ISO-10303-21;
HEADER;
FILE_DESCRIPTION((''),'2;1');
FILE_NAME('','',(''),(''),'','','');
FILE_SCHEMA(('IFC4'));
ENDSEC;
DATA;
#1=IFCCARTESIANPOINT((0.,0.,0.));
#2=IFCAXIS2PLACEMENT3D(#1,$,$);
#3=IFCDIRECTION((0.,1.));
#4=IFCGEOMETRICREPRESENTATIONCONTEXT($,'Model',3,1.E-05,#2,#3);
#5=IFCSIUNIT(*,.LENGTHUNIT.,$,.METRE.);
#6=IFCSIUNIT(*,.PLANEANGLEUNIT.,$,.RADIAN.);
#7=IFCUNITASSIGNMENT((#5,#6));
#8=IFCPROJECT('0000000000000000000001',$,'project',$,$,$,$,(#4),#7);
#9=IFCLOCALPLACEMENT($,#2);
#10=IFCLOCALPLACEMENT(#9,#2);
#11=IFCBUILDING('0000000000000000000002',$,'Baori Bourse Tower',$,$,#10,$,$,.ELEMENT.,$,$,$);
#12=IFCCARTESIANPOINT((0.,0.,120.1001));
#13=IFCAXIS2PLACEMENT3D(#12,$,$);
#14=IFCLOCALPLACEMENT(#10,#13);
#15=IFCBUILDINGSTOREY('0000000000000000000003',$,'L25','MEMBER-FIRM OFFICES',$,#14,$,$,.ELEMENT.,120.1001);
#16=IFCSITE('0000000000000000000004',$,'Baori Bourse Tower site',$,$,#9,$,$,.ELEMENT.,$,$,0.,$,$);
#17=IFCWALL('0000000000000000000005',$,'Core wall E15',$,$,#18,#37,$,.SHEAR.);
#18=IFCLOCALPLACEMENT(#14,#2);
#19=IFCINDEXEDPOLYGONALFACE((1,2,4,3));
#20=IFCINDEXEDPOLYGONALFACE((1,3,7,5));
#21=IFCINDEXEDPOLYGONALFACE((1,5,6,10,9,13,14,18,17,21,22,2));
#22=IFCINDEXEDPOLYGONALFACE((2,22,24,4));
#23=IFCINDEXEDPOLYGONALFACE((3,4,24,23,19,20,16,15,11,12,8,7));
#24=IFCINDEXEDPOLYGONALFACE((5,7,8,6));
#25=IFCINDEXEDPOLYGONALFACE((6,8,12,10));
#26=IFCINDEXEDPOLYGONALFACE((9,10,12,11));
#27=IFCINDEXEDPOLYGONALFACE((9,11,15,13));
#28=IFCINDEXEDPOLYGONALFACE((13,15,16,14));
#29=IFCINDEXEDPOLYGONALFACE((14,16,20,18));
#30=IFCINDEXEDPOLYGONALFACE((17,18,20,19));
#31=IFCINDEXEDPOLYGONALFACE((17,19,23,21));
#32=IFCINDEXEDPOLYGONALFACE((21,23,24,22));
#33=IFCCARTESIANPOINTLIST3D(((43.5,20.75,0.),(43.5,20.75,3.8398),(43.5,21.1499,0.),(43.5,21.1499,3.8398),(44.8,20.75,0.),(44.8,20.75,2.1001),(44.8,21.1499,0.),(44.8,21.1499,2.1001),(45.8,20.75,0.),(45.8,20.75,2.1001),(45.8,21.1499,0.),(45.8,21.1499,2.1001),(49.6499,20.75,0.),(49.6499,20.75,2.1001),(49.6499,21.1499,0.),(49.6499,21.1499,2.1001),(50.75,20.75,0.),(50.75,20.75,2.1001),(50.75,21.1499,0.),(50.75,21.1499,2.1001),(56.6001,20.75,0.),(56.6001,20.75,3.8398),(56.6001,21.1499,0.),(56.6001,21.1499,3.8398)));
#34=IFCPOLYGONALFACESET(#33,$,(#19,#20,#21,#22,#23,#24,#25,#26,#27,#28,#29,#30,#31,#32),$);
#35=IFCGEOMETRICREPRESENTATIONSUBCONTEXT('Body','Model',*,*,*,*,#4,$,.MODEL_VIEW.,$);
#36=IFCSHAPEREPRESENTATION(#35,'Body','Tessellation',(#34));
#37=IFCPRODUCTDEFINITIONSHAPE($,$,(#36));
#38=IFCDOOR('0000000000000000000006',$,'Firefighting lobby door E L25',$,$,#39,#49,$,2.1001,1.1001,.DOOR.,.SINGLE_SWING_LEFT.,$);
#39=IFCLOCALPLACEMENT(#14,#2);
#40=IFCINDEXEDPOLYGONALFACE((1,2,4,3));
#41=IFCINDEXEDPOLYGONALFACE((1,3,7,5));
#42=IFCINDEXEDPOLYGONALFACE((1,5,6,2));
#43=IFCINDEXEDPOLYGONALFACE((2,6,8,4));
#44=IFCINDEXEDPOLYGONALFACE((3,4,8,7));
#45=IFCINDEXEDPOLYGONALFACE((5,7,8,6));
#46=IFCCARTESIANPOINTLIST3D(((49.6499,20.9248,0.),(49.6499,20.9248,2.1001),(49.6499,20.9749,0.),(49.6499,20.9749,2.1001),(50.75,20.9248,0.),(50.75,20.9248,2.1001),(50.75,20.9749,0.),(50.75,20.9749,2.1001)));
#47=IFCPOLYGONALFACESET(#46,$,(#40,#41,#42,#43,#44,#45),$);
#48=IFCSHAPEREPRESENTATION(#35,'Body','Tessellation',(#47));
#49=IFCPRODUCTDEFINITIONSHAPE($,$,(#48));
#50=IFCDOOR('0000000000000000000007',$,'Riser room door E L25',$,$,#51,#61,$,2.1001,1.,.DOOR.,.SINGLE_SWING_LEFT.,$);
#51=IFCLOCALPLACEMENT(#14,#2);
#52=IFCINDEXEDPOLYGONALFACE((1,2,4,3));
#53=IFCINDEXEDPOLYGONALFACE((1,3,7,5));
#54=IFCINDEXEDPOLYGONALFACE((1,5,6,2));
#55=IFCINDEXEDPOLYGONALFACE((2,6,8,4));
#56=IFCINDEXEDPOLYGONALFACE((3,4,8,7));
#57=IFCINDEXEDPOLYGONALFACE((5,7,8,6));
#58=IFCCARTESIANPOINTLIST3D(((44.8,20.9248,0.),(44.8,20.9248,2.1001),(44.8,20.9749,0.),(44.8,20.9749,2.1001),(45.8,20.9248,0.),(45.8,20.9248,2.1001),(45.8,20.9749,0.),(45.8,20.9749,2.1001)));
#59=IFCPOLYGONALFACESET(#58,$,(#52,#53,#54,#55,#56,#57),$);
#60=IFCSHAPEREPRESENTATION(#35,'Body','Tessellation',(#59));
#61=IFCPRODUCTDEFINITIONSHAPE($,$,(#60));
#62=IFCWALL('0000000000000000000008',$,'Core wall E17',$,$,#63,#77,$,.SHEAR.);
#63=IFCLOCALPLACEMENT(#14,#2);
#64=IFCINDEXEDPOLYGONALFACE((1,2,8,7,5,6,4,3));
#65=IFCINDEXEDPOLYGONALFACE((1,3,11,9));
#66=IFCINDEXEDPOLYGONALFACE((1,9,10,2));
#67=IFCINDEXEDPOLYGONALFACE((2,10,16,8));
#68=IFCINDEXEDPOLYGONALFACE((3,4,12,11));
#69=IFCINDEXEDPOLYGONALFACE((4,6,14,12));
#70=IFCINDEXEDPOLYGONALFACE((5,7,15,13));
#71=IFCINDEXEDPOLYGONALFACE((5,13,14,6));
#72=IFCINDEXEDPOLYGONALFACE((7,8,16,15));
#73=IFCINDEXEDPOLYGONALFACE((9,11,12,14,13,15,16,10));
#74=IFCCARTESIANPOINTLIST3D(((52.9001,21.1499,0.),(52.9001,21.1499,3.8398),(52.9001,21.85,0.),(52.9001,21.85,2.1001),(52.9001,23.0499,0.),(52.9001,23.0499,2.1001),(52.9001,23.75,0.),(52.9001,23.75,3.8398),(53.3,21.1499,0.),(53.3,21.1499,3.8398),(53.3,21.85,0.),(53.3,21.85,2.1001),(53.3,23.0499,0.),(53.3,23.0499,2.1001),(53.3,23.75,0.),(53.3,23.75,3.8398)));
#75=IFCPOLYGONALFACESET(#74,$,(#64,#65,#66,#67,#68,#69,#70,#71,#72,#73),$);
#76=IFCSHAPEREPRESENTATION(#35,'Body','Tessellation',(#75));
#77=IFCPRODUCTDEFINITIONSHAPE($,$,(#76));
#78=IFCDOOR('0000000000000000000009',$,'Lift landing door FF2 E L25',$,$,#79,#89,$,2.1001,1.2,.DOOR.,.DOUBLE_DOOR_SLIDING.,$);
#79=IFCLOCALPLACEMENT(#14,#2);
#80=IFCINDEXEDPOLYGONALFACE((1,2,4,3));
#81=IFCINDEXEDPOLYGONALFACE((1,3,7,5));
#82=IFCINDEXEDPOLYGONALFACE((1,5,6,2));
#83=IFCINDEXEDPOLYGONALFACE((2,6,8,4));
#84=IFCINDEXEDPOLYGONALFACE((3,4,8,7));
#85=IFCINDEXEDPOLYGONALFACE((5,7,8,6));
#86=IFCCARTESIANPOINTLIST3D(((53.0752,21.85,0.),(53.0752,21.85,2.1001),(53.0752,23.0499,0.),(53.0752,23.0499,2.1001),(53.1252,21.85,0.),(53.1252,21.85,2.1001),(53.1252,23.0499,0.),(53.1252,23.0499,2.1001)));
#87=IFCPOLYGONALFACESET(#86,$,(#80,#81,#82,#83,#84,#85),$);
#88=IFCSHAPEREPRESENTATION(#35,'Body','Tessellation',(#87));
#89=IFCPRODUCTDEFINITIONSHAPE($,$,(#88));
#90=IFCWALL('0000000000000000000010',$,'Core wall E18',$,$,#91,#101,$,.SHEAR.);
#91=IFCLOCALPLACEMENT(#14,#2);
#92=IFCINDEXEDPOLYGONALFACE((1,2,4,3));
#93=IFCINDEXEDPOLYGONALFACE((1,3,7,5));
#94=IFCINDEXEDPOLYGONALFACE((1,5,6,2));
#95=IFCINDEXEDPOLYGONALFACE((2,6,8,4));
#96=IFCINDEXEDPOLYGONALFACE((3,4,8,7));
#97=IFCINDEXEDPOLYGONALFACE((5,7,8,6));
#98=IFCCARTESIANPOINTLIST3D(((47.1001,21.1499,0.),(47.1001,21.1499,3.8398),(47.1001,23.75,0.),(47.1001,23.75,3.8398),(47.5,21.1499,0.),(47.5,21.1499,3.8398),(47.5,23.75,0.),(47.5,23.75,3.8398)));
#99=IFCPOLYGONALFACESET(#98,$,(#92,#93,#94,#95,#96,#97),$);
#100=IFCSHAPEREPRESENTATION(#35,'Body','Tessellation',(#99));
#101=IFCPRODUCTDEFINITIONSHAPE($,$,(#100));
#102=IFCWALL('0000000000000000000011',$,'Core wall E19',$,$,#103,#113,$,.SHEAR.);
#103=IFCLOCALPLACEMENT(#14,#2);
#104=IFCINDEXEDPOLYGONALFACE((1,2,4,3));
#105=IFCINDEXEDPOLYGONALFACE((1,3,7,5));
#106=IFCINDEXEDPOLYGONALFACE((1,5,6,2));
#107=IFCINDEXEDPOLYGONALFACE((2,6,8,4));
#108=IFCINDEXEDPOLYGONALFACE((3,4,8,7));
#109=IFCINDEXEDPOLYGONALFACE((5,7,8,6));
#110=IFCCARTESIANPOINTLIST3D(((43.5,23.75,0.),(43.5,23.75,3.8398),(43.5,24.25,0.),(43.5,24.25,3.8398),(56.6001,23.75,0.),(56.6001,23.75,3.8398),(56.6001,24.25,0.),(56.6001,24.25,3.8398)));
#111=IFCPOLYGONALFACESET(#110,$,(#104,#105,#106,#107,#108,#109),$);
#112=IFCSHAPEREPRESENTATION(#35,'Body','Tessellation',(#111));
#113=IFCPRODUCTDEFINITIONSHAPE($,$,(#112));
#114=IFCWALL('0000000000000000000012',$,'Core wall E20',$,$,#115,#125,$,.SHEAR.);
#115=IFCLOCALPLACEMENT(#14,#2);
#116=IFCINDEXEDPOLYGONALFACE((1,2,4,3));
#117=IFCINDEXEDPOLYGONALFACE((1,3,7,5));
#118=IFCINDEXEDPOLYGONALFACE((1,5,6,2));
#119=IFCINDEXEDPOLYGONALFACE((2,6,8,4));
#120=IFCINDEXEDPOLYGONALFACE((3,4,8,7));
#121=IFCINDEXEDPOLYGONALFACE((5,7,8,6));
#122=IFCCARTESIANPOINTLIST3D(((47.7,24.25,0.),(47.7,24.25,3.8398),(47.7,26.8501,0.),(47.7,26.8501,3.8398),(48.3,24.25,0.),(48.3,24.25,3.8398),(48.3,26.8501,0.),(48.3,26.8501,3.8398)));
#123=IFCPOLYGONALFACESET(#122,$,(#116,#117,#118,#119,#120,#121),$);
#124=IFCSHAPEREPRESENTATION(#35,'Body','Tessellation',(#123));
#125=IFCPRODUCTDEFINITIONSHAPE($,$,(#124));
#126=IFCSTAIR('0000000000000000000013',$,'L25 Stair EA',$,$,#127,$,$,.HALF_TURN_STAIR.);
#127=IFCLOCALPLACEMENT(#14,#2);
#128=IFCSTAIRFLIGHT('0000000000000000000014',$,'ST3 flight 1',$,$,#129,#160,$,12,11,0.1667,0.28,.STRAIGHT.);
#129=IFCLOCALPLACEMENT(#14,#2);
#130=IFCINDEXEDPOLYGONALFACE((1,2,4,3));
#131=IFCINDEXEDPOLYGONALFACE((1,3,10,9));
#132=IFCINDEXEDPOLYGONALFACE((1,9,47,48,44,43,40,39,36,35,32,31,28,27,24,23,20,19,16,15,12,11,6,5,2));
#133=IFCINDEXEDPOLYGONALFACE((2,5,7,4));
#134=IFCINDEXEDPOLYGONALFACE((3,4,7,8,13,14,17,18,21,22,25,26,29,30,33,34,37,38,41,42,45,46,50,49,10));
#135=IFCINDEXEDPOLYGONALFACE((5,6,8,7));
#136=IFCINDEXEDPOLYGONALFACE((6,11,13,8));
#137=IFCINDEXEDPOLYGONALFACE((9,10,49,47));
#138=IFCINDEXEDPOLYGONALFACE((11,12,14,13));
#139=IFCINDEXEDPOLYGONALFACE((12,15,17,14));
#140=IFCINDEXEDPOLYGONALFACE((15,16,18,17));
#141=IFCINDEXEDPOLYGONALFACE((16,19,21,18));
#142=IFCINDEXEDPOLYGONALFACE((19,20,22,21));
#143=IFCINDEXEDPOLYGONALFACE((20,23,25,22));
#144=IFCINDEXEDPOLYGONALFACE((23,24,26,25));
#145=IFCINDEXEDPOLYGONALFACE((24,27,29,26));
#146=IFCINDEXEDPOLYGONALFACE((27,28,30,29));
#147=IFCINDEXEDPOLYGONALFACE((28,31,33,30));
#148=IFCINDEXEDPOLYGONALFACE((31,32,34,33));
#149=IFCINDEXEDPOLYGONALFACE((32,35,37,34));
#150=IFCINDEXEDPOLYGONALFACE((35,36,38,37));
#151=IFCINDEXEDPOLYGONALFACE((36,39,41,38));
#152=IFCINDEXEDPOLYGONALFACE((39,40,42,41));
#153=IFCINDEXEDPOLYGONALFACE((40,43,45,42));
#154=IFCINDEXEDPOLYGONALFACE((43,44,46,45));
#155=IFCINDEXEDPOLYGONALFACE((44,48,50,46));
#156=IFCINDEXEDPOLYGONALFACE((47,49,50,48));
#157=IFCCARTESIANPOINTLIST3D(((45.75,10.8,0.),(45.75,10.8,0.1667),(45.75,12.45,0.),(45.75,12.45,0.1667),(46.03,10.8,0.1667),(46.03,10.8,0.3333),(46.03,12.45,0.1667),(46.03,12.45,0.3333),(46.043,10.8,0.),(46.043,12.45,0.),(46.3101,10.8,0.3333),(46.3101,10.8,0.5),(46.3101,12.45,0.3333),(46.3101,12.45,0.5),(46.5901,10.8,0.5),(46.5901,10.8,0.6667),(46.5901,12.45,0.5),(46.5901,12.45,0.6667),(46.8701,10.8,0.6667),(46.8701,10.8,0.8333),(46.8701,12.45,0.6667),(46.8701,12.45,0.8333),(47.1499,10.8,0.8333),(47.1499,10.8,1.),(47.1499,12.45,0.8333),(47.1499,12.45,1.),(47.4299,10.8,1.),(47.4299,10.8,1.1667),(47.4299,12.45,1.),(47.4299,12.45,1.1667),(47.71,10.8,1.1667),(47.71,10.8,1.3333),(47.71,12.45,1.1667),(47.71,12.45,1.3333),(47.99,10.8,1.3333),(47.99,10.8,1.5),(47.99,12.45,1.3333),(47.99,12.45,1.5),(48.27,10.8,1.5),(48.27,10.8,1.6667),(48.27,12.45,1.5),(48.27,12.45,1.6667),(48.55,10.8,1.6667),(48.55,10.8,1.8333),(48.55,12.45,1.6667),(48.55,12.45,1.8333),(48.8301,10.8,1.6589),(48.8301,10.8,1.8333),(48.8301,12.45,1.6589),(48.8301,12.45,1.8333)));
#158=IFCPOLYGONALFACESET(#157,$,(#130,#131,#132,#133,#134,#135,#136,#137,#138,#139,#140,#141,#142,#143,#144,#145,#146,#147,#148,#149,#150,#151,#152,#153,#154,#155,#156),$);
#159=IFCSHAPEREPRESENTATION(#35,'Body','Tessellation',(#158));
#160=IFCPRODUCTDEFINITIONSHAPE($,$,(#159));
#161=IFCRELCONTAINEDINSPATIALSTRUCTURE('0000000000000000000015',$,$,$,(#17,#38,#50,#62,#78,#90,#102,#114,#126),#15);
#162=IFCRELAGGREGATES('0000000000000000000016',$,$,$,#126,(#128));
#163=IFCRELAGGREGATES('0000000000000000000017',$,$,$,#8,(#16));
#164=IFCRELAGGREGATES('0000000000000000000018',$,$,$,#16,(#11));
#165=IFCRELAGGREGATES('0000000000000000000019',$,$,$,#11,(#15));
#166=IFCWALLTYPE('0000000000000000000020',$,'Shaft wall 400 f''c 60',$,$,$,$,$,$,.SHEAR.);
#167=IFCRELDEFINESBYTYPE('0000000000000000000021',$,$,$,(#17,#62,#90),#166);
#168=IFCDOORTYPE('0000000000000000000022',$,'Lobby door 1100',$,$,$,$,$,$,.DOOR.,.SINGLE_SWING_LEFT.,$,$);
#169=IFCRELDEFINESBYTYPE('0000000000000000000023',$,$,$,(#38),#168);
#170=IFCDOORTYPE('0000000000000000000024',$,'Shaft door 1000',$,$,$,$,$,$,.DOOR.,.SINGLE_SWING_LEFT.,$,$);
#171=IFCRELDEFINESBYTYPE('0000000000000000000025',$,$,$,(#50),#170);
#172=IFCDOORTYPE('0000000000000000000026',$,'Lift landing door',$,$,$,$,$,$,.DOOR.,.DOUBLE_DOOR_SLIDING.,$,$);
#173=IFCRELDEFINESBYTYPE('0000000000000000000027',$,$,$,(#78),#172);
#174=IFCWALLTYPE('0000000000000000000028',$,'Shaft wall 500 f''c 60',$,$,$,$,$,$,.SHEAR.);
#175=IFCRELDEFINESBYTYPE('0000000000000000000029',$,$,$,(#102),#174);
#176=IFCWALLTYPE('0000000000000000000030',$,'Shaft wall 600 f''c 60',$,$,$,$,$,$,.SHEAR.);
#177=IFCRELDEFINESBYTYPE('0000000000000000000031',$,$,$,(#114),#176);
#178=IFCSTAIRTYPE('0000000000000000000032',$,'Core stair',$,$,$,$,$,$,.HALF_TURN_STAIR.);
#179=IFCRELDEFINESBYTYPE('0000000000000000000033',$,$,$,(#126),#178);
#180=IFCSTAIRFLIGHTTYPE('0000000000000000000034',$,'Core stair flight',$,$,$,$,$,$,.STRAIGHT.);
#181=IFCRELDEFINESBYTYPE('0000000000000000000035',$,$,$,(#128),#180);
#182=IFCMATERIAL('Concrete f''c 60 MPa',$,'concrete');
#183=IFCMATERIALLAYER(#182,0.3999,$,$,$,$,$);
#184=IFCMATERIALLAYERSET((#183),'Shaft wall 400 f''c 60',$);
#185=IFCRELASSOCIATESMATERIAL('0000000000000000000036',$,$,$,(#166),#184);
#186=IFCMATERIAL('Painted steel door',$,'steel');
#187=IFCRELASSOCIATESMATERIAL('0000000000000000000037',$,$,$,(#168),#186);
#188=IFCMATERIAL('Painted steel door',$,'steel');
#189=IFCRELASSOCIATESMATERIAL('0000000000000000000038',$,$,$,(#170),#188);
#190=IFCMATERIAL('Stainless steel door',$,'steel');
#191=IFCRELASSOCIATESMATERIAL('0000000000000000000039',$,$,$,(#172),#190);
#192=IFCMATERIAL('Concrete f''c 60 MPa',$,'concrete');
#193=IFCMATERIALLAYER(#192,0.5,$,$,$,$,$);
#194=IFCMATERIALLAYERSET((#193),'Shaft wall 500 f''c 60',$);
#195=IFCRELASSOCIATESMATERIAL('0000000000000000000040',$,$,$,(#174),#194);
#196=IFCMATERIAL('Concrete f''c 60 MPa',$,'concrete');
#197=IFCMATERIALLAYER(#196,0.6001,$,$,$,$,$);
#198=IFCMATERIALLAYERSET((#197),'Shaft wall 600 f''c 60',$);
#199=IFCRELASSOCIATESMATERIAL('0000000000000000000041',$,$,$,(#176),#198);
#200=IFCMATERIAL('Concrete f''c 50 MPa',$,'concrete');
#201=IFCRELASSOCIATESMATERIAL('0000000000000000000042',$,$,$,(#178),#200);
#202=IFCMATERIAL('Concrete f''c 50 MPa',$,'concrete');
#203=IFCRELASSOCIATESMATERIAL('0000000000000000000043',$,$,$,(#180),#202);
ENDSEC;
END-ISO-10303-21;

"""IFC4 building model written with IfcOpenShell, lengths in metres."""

from ifc_helpers import new_model, si_unit, direction, frame, frame_2d, origin, place, context, subcontext, project, spatial, polyline, rectangle, outline, extrude, material, layer, layer_set, type_object, element, fill, aggregate, save


model = new_model("IFC4")

# Units and contexts
model_context = context("Model", 3, precision=1e-05, world=origin(), true_north=direction((0.0, 1.0)))
body_context = subcontext(model_context, "Body", "Model", "MODEL_VIEW")
ifc_project = project(units=[si_unit("LENGTHUNIT", "METRE"), si_unit("PLANEANGLEUNIT", "RADIAN")], contexts=[model_context])

# Site, building, storey
site_placement = place(None, origin())
site = spatial("IfcSite", under=ifc_project, at=site_placement, Name="Baori Bourse Tower site", CompositionType="ELEMENT", RefElevation=0.0)
building_placement = place(site_placement, origin())
building = spatial("IfcBuilding", under=site, at=building_placement, Name="Baori Bourse Tower", CompositionType="ELEMENT")
storey_placement = place(building_placement, frame((0.0, 0.0, 120.1001)))
storey = spatial("IfcBuildingStorey", under=building, at=storey_placement, Name="L25", Description="MEMBER-FIRM OFFICES", CompositionType="ELEMENT", Elevation=120.1001)

# Wall, openings, doors
ifc_material_1 = material(Name="Concrete f'c 60 MPa", Category="concrete")
ifc_layer_1 = layer(ifc_material_1, 0.3999)
ifc_layer_set_1 = layer_set([ifc_layer_1], Name="Shaft wall 400 f'c 60")
wall_type_1 = type_object("IfcWallType", Name="Shaft wall 400 f'c 60", PredefinedType="SHEAR", material=ifc_layer_set_1)
wall_1_placement = place(storey_placement, frame((43.5, 20.95, 0.0), z_axis=(0.0, 0.0, 1.0), x_axis=(1.0, 0.0, 0.0)))
wall_1 = element("IfcWall", 1, at=wall_1_placement, inside=storey, type_object=wall_type_1, Name="Core wall E15", PredefinedType="SHEAR", context=body_context, shape_type="SweptSolid", body=[
    extrude(rectangle(XDim=13.1001, YDim=0.3999, at=frame_2d((6.55, 0.0))), origin(), (0.0, 0.0, 1.0), 3.8398),
])
opening_1_placement = place(wall_1_placement, frame((6.1499, 0.0, 0.0)))
opening_1 = element("IfcOpeningElement", 2, at=opening_1_placement, cuts=wall_1, PredefinedType="OPENING", context=body_context, shape_type="SweptSolid", body=[
    extrude(rectangle(XDim=1.1001, YDim=2.1001, at=frame_2d((0.55, 1.05))), frame((0.0, 0.21, 0.0), z_axis=(0.0, -1.0, 0.0), x_axis=(1.0, 0.0, 0.0)), (0.0, 0.0, 1.0), 0.4199),
])
opening_2_placement = place(wall_1_placement, frame((1.3, 0.0, 0.0)))
opening_2 = element("IfcOpeningElement", 3, at=opening_2_placement, cuts=wall_1, PredefinedType="OPENING", context=body_context, shape_type="SweptSolid", body=[
    extrude(rectangle(XDim=1.0, YDim=2.1001, at=frame_2d((0.5, 1.05))), frame((0.0, 0.21, 0.0), z_axis=(0.0, -1.0, 0.0), x_axis=(1.0, 0.0, 0.0)), (0.0, 0.0, 1.0), 0.4199),
])
ifc_material_2 = material(Name="Painted steel door", Category="steel")
door_type_1 = type_object("IfcDoorType", Name="Lobby door 1100", OperationType="SINGLE_SWING_LEFT", PredefinedType="DOOR", material=ifc_material_2)
door_1_placement = place(opening_1_placement, origin())
door_1 = element("IfcDoor", 4, at=door_1_placement, inside=storey, type_object=door_type_1, Name="Firefighting lobby door E L25", OperationType="SINGLE_SWING_LEFT", OverallHeight=2.1001, OverallWidth=1.1001, PredefinedType="DOOR", context=body_context, shape_type="SweptSolid", body=[
    extrude(rectangle(XDim=1.1001, YDim=2.1001, at=frame_2d((0.55, 1.05))), frame((0.0, 0.0249, 0.0), z_axis=(0.0, -1.0, 0.0), x_axis=(1.0, 0.0, 0.0)), (0.0, 0.0, 1.0), 0.05),
])
fill(opening_1, door_1)
ifc_material_3 = material(Name="Painted steel door", Category="steel")
door_type_2 = type_object("IfcDoorType", Name="Shaft door 1000", OperationType="SINGLE_SWING_LEFT", PredefinedType="DOOR", material=ifc_material_3)
door_2_placement = place(opening_2_placement, origin())
door_2 = element("IfcDoor", 5, at=door_2_placement, inside=storey, type_object=door_type_2, Name="Riser room door E L25", OperationType="SINGLE_SWING_LEFT", OverallHeight=2.1001, OverallWidth=1.0, PredefinedType="DOOR", context=body_context, shape_type="SweptSolid", body=[
    extrude(rectangle(XDim=1.0, YDim=2.1001, at=frame_2d((0.5, 1.05))), frame((0.0, 0.0249, 0.0), z_axis=(0.0, -1.0, 0.0), x_axis=(1.0, 0.0, 0.0)), (0.0, 0.0, 1.0), 0.05),
])
fill(opening_2, door_2)

# Wall, opening, door
wall_2_placement = place(storey_placement, frame((53.1001, 21.1499, 0.0), z_axis=(0.0, 0.0, 1.0), x_axis=(0.0, 1.0, 0.0)))
wall_2 = element("IfcWall", 6, at=wall_2_placement, inside=storey, type_object=wall_type_1, Name="Core wall E17", PredefinedType="SHEAR", context=body_context, shape_type="SweptSolid", body=[
    extrude(rectangle(XDim=2.6001, YDim=0.3999, at=frame_2d((1.3, 0.0))), origin(), (0.0, 0.0, 1.0), 3.8398),
])
opening_3_placement = place(wall_2_placement, frame((0.7, 0.0, 0.0)))
opening_3 = element("IfcOpeningElement", 7, at=opening_3_placement, cuts=wall_2, PredefinedType="OPENING", context=body_context, shape_type="SweptSolid", body=[
    extrude(rectangle(XDim=1.2, YDim=2.1001, at=frame_2d((0.6001, 1.05))), frame((0.0, 0.21, 0.0), z_axis=(0.0, -1.0, 0.0), x_axis=(1.0, 0.0, 0.0)), (0.0, 0.0, 1.0), 0.4199),
])
ifc_material_4 = material(Name="Stainless steel door", Category="steel")
door_type_3 = type_object("IfcDoorType", Name="Lift landing door", OperationType="DOUBLE_DOOR_SLIDING", PredefinedType="DOOR", material=ifc_material_4)
door_3_placement = place(opening_3_placement, origin())
door_3 = element("IfcDoor", 8, at=door_3_placement, inside=storey, type_object=door_type_3, Name="Lift landing door FF2 E L25", OperationType="DOUBLE_DOOR_SLIDING", OverallHeight=2.1001, OverallWidth=1.2, PredefinedType="DOOR", context=body_context, shape_type="SweptSolid", body=[
    extrude(rectangle(XDim=1.2, YDim=2.1001, at=frame_2d((0.6001, 1.05))), frame((0.0, 0.0249, 0.0), z_axis=(0.0, -1.0, 0.0), x_axis=(1.0, 0.0, 0.0)), (0.0, 0.0, 1.0), 0.05),
])
fill(opening_3, door_3)

# Walls
wall_3_placement = place(storey_placement, frame((47.3, 21.1499, 0.0), z_axis=(0.0, 0.0, 1.0), x_axis=(0.0, 1.0, 0.0)))
element("IfcWall", 9, at=wall_3_placement, inside=storey, type_object=wall_type_1, Name="Core wall E18", PredefinedType="SHEAR", context=body_context, shape_type="SweptSolid", body=[
    extrude(rectangle(XDim=2.6001, YDim=0.3999, at=frame_2d((1.3, 0.0))), origin(), (0.0, 0.0, 1.0), 3.8398),
])
ifc_material_5 = material(Name="Concrete f'c 60 MPa", Category="concrete")
ifc_layer_2 = layer(ifc_material_5, 0.5)
ifc_layer_set_2 = layer_set([ifc_layer_2], Name="Shaft wall 500 f'c 60")
wall_type_2 = type_object("IfcWallType", Name="Shaft wall 500 f'c 60", PredefinedType="SHEAR", material=ifc_layer_set_2)
wall_4_placement = place(storey_placement, frame((43.5, 24.0, 0.0), z_axis=(0.0, 0.0, 1.0), x_axis=(1.0, 0.0, 0.0)))
element("IfcWall", 10, at=wall_4_placement, inside=storey, type_object=wall_type_2, Name="Core wall E19", PredefinedType="SHEAR", context=body_context, shape_type="SweptSolid", body=[
    extrude(rectangle(XDim=13.1001, YDim=0.5, at=frame_2d((6.55, 0.0))), origin(), (0.0, 0.0, 1.0), 3.8398),
])
ifc_material_6 = material(Name="Concrete f'c 60 MPa", Category="concrete")
ifc_layer_3 = layer(ifc_material_6, 0.6001)
ifc_layer_set_3 = layer_set([ifc_layer_3], Name="Shaft wall 600 f'c 60")
wall_type_3 = type_object("IfcWallType", Name="Shaft wall 600 f'c 60", PredefinedType="SHEAR", material=ifc_layer_set_3)
wall_5_placement = place(storey_placement, frame((48.0, 24.25, 0.0), z_axis=(0.0, 0.0, 1.0), x_axis=(0.0, 1.0, 0.0)))
element("IfcWall", 11, at=wall_5_placement, inside=storey, type_object=wall_type_3, Name="Core wall E20", PredefinedType="SHEAR", context=body_context, shape_type="SweptSolid", body=[
    extrude(rectangle(XDim=2.6001, YDim=0.6001, at=frame_2d((1.3, 0.0))), origin(), (0.0, 0.0, 1.0), 3.8398),
])

# Stair, stair flight
ifc_material_7 = material(Name="Concrete f'c 50 MPa", Category="concrete")
stair_type = type_object("IfcStairType", Name="Core stair", PredefinedType="HALF_TURN_STAIR", material=ifc_material_7)
stair_placement = place(storey_placement, origin())
stair = element("IfcStair", 12, at=stair_placement, inside=storey, type_object=stair_type, Name="L25 Stair EA", PredefinedType="HALF_TURN_STAIR")
ifc_material_8 = material(Name="Concrete f'c 50 MPa", Category="concrete")
stair_flight_type = type_object("IfcStairFlightType", Name="Core stair flight", PredefinedType="STRAIGHT", material=ifc_material_8)
stair_flight_1_placement = place(storey_placement, frame((45.75, 11.625, 0.0), z_axis=(0.0, 0.0, 1.0), x_axis=(1.0, 0.0, 0.0)))
stair_flight_1 = element("IfcStairFlight", 13, at=stair_flight_1_placement, type_object=stair_flight_type, Name="ST3 flight 1", NumberOfRisers=12, NumberOfTreads=11, PredefinedType="STRAIGHT", RiserHeight=0.1667, TreadLength=0.28, context=body_context, shape_type="SweptSolid", body=[
    extrude(outline(polyline([(0.0, 0.0), (0.0, 0.1667), (0.28, 0.1667), (0.28, 0.3333), (0.5601, 0.3333), (0.5601, 0.5), (0.8401, 0.5), (0.8401, 0.6667), (1.1201, 0.6667), (1.1201, 0.8333), (1.3999, 0.8333), (1.3999, 1.0), (1.6799, 1.0), (1.6799, 1.1667), (1.96, 1.1667), (1.96, 1.3333), (2.24, 1.3333), (2.24, 1.5), (2.52, 1.5), (2.52, 1.6667), (2.8, 1.6667), (2.8, 1.8333), (3.0801, 1.8333), (3.0801, 2.0), (3.0801, 1.6589), (0.293, 0.0), (0.0, 0.0)])), frame((0.0, 0.825, 0.0), z_axis=(0.0, -1.0, 0.0), x_axis=(1.0, 0.0, 0.0)), (0.0, 0.0, 1.0), 1.6499),
])
aggregate(stair, [stair_flight_1])

save(model, "model.ifc")
